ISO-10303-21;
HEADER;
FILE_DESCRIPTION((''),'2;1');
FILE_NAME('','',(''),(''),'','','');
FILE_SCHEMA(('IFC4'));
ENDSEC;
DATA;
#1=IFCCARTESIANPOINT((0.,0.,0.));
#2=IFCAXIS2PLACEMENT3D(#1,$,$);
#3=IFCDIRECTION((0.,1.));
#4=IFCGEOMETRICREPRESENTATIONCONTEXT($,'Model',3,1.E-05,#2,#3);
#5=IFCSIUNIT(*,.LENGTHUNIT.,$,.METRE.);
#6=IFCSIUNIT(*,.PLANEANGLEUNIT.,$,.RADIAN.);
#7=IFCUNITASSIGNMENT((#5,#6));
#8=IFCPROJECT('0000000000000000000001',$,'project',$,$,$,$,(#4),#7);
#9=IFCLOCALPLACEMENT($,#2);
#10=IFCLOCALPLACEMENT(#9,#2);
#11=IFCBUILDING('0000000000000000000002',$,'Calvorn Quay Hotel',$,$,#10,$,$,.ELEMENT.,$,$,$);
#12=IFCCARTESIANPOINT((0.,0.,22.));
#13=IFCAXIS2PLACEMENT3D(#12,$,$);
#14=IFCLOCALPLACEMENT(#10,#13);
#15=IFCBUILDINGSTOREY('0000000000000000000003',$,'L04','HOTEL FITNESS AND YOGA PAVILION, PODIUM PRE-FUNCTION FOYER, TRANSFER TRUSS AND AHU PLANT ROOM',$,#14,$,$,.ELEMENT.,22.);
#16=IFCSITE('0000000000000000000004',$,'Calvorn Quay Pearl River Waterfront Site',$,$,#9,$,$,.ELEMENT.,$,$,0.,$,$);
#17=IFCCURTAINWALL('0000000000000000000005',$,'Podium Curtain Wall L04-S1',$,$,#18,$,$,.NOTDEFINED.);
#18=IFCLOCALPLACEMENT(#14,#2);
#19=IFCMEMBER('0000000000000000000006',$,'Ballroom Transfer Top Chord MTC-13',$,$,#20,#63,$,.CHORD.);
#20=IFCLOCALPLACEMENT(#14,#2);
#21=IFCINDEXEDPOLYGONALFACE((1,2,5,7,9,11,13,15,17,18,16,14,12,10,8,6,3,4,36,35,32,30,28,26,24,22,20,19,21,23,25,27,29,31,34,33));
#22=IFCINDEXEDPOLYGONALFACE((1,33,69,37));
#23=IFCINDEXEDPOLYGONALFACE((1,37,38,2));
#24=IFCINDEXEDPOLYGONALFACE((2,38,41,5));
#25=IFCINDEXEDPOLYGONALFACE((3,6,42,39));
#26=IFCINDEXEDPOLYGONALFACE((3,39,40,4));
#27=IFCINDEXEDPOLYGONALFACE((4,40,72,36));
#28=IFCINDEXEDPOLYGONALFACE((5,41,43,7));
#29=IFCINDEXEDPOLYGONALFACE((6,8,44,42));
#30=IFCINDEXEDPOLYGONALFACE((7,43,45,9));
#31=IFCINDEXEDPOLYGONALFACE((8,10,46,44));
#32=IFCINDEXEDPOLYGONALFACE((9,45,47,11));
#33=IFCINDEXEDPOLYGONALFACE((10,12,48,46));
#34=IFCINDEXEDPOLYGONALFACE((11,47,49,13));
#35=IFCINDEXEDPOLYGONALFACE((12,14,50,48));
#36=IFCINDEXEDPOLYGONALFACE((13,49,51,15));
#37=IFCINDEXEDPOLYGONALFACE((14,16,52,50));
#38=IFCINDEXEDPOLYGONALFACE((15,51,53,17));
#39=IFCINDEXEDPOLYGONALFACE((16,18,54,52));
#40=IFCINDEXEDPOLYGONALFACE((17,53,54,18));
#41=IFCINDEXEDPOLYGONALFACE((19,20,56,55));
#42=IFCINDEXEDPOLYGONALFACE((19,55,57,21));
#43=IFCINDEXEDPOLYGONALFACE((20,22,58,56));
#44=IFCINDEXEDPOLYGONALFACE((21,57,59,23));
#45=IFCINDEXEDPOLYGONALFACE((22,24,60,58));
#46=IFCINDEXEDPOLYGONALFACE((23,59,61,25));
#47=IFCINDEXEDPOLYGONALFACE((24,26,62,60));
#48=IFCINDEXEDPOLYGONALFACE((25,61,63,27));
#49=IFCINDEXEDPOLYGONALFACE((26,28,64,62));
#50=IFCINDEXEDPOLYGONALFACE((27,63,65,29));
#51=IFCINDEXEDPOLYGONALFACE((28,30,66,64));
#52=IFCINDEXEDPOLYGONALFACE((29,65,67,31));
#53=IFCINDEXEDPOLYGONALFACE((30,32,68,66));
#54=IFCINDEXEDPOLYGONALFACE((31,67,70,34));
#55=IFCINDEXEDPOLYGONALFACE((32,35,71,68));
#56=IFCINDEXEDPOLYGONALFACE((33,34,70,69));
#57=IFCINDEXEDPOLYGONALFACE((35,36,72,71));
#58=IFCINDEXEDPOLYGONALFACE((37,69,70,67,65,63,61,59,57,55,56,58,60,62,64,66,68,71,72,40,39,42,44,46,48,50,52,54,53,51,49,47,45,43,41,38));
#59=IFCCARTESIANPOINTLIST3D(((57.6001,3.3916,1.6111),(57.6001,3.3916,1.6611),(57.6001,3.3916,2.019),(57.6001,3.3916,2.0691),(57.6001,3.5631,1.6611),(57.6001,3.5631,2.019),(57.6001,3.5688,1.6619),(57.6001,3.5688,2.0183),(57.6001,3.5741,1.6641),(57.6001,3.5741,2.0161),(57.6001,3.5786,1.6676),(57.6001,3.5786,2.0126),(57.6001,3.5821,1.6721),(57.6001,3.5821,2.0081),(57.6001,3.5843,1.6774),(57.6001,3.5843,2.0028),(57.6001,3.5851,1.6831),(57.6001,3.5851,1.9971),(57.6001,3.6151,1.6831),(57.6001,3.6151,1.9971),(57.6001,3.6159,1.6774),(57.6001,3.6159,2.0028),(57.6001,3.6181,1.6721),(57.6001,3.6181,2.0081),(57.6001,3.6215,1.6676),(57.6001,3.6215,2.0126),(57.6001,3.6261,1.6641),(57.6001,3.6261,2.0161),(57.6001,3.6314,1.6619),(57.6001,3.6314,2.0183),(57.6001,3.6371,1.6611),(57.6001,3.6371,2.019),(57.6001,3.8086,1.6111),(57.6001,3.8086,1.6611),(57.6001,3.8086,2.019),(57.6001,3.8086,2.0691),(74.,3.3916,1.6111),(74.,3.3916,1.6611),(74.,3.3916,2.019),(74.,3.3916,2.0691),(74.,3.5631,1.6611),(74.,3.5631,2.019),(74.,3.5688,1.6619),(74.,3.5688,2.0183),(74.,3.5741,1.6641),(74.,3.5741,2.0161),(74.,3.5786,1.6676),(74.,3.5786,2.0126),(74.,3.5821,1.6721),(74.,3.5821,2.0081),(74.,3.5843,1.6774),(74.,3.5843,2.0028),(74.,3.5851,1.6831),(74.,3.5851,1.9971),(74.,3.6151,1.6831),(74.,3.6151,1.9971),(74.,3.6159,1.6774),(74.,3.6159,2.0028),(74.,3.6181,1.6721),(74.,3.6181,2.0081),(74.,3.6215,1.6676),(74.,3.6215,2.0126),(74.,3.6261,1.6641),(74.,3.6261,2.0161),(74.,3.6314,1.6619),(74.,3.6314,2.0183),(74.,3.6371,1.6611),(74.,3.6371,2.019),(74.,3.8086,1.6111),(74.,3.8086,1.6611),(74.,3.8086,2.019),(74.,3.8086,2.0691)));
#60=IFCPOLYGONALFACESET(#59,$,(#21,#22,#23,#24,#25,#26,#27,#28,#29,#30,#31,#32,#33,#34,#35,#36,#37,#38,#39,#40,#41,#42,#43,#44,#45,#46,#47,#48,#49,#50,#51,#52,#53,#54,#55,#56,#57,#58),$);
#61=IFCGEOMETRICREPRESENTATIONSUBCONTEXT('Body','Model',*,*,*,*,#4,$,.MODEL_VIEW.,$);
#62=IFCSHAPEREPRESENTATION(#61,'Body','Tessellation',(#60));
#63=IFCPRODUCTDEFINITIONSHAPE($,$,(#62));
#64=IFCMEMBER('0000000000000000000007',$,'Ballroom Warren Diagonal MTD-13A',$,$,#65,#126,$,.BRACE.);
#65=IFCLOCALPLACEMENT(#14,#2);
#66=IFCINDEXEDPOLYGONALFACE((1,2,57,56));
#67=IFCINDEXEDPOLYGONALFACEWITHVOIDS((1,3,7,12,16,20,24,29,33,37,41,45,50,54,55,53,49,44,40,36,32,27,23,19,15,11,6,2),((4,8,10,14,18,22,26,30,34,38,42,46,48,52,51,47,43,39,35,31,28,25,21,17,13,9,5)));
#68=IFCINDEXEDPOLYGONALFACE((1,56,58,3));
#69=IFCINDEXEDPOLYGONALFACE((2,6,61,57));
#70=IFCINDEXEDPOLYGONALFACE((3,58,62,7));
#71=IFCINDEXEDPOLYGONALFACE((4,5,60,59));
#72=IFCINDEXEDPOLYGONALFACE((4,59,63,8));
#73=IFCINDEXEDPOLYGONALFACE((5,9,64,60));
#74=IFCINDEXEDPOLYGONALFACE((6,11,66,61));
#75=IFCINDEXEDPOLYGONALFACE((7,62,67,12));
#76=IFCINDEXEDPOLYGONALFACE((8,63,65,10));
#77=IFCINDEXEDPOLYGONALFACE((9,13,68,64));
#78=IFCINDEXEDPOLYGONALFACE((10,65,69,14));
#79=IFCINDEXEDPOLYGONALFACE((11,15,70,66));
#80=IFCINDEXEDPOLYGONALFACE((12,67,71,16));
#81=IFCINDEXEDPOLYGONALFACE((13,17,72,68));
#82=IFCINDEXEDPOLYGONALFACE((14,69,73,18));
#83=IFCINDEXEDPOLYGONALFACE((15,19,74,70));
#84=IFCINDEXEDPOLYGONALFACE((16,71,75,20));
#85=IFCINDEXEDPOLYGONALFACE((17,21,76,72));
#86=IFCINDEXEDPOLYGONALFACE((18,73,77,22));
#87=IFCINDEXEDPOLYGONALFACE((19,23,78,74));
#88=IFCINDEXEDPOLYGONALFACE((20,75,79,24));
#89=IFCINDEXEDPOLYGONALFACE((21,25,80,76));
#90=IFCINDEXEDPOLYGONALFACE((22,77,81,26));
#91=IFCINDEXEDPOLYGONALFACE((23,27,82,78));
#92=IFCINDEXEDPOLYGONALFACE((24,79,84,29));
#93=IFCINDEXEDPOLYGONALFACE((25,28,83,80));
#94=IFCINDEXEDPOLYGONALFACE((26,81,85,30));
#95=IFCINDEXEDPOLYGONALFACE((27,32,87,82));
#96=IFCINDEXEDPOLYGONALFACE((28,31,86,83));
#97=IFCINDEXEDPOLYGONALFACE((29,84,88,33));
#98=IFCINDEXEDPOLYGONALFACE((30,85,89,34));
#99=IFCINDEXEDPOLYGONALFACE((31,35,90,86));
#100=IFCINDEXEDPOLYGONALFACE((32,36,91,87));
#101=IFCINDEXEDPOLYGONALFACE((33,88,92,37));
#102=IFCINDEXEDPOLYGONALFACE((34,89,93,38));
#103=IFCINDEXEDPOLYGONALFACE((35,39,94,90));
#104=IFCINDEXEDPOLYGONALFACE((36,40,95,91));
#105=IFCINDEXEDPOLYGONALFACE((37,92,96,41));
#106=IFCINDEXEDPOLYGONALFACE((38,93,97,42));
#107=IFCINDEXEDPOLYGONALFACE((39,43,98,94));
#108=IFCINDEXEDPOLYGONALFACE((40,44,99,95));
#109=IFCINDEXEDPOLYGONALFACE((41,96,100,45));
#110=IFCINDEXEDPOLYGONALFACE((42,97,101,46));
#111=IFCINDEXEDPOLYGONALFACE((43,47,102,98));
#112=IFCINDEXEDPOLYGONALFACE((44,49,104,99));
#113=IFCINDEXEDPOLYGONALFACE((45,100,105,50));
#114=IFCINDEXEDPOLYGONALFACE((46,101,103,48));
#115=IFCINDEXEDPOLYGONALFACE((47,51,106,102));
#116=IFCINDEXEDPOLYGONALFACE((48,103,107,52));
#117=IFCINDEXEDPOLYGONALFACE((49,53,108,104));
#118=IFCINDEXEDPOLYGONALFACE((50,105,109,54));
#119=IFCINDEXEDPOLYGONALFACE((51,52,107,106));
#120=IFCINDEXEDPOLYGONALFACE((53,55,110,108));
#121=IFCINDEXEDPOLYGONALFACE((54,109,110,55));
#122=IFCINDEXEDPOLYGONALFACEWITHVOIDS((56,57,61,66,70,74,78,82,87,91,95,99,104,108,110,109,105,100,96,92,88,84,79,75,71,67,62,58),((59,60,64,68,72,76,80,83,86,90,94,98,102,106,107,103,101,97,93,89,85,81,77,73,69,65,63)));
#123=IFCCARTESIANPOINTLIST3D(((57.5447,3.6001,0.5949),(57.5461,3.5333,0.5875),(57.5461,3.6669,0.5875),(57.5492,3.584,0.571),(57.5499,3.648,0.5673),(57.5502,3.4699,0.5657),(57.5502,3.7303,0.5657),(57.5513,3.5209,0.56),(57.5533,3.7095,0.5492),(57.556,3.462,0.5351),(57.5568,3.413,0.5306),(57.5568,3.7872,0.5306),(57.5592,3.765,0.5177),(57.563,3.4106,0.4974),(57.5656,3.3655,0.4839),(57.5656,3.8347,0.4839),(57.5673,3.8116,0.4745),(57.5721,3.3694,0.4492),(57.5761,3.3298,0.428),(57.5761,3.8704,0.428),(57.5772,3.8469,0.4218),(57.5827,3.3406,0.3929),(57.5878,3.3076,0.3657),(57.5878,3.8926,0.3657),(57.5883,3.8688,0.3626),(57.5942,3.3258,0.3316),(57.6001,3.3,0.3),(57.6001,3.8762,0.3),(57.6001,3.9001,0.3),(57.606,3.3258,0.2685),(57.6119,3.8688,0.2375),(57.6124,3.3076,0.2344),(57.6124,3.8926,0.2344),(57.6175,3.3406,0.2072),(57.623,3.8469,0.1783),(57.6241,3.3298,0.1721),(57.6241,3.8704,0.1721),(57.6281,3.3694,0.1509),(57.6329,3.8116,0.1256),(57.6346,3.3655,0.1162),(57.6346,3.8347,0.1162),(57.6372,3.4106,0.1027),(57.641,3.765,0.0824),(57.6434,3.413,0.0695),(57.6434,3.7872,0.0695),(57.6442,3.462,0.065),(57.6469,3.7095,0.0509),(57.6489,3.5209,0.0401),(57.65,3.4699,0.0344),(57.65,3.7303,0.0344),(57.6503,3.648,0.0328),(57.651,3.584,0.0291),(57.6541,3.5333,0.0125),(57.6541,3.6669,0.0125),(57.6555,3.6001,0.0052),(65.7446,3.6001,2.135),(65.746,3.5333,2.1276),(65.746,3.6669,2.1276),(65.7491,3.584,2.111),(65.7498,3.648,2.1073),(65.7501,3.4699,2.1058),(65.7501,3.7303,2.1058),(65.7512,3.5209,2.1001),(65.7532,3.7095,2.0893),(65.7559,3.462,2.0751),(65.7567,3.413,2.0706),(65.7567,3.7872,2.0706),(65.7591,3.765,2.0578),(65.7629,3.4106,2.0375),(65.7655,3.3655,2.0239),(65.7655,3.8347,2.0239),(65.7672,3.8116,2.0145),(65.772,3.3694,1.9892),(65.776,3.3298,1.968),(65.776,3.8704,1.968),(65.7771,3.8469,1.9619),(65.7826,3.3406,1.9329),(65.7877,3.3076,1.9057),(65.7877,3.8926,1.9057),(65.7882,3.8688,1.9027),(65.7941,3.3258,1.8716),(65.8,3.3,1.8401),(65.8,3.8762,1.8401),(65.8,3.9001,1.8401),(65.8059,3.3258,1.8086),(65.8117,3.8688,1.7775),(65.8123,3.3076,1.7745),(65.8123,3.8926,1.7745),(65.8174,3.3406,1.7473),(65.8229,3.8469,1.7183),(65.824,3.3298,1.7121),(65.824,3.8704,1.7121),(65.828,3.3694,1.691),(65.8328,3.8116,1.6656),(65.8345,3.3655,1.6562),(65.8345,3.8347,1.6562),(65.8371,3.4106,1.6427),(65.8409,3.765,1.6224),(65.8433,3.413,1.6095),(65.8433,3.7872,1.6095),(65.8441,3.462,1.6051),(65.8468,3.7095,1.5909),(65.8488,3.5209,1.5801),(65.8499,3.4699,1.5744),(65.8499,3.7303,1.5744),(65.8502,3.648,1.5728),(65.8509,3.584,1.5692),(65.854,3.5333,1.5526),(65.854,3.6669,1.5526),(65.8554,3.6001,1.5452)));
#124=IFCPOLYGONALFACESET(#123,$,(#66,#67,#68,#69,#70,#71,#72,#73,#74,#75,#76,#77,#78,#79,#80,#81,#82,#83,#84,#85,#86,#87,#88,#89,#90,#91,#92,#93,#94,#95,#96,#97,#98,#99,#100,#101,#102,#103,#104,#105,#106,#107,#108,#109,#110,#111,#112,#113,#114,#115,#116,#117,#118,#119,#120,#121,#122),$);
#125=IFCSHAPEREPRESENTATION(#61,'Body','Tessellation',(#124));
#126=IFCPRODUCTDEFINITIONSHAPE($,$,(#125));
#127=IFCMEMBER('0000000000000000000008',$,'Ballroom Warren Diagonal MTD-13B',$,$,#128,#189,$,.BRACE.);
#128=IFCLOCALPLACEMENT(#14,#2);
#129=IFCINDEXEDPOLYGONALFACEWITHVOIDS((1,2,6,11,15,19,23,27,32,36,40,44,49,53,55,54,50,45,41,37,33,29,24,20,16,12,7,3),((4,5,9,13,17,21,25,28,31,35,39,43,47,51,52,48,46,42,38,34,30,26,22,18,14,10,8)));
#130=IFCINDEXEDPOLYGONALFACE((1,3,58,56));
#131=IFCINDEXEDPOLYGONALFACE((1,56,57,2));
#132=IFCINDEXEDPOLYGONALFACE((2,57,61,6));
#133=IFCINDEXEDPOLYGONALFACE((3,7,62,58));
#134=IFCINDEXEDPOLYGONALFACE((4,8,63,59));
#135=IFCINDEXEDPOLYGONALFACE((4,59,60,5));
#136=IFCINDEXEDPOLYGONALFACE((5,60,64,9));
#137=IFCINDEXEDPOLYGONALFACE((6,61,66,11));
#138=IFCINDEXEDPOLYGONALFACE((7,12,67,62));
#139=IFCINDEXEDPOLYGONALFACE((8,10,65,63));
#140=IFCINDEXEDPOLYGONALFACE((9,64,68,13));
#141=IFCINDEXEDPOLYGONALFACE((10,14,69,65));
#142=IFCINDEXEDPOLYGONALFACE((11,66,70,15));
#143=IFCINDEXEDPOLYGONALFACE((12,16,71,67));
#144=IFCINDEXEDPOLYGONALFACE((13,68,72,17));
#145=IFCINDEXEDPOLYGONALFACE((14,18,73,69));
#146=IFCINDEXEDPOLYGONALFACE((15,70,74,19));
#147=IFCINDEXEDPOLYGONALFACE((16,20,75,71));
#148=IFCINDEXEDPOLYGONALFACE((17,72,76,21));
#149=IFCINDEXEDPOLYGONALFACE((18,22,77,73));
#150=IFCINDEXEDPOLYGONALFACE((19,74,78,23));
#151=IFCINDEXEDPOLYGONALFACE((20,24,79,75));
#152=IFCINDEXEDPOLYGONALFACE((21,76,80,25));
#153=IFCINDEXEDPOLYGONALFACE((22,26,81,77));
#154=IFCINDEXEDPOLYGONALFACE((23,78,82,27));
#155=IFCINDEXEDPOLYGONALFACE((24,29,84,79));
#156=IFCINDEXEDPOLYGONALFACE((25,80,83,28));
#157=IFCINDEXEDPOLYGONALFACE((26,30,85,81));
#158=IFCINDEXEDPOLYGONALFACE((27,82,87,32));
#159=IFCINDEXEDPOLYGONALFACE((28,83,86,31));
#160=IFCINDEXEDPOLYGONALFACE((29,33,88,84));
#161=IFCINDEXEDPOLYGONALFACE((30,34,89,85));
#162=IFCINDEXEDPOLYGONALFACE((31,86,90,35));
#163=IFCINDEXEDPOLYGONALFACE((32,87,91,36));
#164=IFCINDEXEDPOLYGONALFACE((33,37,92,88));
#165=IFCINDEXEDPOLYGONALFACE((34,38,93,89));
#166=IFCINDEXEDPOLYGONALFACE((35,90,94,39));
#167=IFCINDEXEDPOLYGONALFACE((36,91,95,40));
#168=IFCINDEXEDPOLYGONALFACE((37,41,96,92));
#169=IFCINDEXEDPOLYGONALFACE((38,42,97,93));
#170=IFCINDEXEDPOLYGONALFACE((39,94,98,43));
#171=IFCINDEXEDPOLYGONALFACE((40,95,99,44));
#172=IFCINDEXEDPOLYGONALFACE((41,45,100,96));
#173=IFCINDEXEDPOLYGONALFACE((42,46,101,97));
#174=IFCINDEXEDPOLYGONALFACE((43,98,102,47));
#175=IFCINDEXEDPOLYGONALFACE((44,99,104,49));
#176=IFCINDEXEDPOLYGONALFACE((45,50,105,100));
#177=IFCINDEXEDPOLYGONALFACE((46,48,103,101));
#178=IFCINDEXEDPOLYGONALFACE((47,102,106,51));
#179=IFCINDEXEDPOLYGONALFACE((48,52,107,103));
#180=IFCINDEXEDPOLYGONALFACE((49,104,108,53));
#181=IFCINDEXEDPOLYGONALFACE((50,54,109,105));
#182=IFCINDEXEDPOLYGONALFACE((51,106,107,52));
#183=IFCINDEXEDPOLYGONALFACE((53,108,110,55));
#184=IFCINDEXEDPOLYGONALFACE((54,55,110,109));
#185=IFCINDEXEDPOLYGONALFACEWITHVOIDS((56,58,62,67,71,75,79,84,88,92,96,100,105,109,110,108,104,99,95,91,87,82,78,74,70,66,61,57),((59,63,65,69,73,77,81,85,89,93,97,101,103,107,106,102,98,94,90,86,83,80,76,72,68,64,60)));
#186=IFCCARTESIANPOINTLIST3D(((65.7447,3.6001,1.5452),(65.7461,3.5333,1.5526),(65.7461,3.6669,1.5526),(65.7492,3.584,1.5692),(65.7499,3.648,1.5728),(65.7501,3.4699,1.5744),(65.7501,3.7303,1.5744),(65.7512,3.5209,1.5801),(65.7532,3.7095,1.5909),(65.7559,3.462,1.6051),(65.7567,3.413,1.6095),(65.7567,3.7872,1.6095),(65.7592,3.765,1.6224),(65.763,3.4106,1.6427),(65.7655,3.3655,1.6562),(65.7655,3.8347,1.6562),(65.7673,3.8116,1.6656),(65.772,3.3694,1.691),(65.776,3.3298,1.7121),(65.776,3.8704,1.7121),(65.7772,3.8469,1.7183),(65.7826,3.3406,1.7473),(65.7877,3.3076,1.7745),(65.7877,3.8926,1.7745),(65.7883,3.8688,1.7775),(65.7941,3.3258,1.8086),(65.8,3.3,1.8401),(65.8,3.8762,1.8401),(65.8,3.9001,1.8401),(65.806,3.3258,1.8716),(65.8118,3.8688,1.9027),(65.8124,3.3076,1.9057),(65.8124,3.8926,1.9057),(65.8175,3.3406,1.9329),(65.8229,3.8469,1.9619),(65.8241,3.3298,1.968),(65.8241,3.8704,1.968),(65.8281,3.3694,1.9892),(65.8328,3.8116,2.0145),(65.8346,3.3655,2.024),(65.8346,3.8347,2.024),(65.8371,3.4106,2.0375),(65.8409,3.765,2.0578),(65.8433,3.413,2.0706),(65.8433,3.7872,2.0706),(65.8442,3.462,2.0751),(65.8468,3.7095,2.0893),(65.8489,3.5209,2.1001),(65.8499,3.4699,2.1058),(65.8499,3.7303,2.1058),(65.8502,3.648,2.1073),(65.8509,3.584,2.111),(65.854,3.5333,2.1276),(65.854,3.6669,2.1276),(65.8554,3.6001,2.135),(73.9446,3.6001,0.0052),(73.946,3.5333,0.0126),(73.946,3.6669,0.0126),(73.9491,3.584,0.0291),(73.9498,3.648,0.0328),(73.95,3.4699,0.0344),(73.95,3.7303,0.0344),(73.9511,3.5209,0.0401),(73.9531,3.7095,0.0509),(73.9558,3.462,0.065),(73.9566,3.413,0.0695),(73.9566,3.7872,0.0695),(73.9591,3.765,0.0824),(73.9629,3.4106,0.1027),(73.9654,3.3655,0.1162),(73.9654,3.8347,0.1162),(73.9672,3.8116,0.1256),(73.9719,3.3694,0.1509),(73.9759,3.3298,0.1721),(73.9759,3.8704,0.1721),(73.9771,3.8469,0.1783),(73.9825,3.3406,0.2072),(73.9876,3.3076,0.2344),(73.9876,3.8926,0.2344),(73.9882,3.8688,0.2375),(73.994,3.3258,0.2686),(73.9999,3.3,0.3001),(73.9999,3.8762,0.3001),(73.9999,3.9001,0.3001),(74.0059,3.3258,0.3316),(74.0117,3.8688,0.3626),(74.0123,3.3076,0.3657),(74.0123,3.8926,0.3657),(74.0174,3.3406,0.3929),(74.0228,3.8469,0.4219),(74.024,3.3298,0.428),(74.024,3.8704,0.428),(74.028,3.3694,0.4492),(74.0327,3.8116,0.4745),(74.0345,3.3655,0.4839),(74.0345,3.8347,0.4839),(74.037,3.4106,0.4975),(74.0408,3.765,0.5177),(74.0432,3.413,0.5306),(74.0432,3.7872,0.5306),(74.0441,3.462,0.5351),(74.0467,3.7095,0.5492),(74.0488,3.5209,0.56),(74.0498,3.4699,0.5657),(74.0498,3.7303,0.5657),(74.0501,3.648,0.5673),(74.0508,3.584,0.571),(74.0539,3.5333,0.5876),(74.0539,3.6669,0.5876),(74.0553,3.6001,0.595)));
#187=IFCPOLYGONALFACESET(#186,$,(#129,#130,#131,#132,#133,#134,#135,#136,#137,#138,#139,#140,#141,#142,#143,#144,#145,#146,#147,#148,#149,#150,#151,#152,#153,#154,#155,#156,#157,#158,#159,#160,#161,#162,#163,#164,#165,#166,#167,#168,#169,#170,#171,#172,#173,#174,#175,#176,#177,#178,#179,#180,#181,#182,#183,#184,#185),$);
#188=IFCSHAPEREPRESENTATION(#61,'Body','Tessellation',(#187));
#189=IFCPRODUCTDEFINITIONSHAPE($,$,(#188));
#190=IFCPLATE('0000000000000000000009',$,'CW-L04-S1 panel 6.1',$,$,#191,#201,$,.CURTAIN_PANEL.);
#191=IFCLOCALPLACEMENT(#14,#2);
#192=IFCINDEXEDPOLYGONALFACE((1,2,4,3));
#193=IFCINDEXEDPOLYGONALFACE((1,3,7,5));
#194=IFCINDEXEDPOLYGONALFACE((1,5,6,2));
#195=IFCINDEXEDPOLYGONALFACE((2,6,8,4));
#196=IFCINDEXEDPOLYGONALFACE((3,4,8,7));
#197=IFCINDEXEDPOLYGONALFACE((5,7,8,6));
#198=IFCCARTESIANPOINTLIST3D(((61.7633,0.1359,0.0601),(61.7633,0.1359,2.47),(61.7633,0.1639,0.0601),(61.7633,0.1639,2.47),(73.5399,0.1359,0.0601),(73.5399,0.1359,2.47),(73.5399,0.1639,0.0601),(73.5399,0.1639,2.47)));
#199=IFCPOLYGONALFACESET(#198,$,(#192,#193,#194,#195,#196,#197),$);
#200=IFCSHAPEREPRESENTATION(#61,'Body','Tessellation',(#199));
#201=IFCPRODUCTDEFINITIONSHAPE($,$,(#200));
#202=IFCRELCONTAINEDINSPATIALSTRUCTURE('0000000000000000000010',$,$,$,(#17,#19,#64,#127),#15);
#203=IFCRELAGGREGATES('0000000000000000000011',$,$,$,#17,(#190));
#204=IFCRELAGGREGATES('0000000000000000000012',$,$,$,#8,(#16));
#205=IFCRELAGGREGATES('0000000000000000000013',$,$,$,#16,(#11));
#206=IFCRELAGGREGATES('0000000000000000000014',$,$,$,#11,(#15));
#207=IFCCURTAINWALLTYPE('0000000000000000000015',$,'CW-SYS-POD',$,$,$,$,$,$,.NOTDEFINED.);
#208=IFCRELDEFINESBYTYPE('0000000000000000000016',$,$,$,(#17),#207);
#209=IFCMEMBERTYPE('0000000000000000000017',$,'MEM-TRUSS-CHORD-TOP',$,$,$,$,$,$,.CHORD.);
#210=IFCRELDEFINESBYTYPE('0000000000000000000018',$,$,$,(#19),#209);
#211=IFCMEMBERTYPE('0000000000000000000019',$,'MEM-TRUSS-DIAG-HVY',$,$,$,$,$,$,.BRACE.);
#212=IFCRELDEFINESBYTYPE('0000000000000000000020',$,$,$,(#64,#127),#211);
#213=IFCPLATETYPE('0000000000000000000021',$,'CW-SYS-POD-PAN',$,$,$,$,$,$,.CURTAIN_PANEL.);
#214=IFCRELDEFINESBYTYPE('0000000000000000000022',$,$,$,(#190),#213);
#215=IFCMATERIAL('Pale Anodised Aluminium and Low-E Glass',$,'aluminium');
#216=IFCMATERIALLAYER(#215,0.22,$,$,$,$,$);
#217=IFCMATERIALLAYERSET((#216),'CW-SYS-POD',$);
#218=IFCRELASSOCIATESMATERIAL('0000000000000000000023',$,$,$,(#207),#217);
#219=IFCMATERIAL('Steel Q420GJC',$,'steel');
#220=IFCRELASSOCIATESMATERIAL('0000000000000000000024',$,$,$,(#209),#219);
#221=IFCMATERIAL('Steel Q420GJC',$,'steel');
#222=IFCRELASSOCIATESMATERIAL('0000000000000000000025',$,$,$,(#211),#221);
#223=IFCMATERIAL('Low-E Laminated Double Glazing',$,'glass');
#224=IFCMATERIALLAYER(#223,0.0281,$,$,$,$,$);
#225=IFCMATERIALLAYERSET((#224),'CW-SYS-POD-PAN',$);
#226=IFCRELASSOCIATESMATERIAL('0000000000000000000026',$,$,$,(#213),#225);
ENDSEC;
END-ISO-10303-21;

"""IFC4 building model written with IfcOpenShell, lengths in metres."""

from ifc_helpers import new_model, si_unit, direction, frame, origin, origin_2d, place, context, subcontext, project, spatial, rectangle, hollow_circle, i_section, extrude, material, layer, layer_set, material_profile, profile_set, type_object, element, aggregate, save


model = new_model("IFC4")

# Units and contexts
model_context = context("Model", 3, precision=1e-05, world=origin(), true_north=direction((0.0, 1.0)))
body_context = subcontext(model_context, "Body", "Model", "MODEL_VIEW")
ifc_project = project(units=[si_unit("LENGTHUNIT", "METRE"), si_unit("PLANEANGLEUNIT", "RADIAN")], contexts=[model_context])

# Site, building, storey
site_placement = place(None, origin())
site = spatial("IfcSite", under=ifc_project, at=site_placement, Name="Calvorn Quay Pearl River Waterfront Site", CompositionType="ELEMENT", RefElevation=0.0)
building_placement = place(site_placement, origin())
building = spatial("IfcBuilding", under=site, at=building_placement, Name="Calvorn Quay Hotel", CompositionType="ELEMENT")
storey_placement = place(building_placement, frame((0.0, 0.0, 22.0)))
storey = spatial("IfcBuildingStorey", under=building, at=storey_placement, Name="L04", Description="HOTEL FITNESS AND YOGA PAVILION, PODIUM PRE-FUNCTION FOYER, TRANSFER TRUSS AND AHU PLANT ROOM", CompositionType="ELEMENT", Elevation=22.0)

# Curtain wall
ifc_material_1 = material(Name="Pale Anodised Aluminium and Low-E Glass", Category="aluminium")
ifc_layer_1 = layer(ifc_material_1, 0.22)
ifc_layer_set_1 = layer_set([ifc_layer_1], Name="CW-SYS-POD")
curtain_wall_type = type_object("IfcCurtainWallType", Name="CW-SYS-POD", PredefinedType="NOTDEFINED", material=ifc_layer_set_1)
curtain_wall_1_placement = place(storey_placement, origin())
curtain_wall_1 = element("IfcCurtainWall", 1, at=curtain_wall_1_placement, inside=storey, type_object=curtain_wall_type, Name="Podium Curtain Wall L04-S1", PredefinedType="NOTDEFINED")

# Members
ifc_material_2 = material(Name="Steel Q420GJC", Category="steel")
ifc_material_profile_1 = material_profile(ifc_material_2, i_section(OverallWidth=0.417, OverallDepth=0.458, WebThickness=0.03, FlangeThickness=0.05, FilletRadius=0.022, at=origin_2d()), Name="HW458x417x30x50")
ifc_profile_set_1 = profile_set([ifc_material_profile_1], Name="Steel Q420GJC")
member_type_1 = type_object("IfcMemberType", Name="MEM-TRUSS-CHORD-TOP", PredefinedType="CHORD", material=ifc_profile_set_1)
member_1_placement = place(storey_placement, frame((57.6001, 3.6001, 1.8401), z_axis=(1.0, 0.0, 0.0), x_axis=(0.0, 1.0, 0.0)))
element("IfcMember", 2, at=member_1_placement, inside=storey, type_object=member_type_1, Name="Ballroom Transfer Top Chord MTC-13", PredefinedType="CHORD", context=body_context, shape_type="SweptSolid", body=[
    extrude(i_section(OverallWidth=0.417, OverallDepth=0.458, WebThickness=0.03, FlangeThickness=0.05, FilletRadius=0.022, at=origin_2d()), origin(), (0.0, 0.0, 1.0), 16.3999),
])
ifc_material_3 = material(Name="Steel Q420GJC", Category="steel")
ifc_material_profile_2 = material_profile(ifc_material_3, hollow_circle(Radius=0.3, WallThickness=0.0239, at=origin_2d()), Name="CHS600x24")
ifc_profile_set_2 = profile_set([ifc_material_profile_2], Name="Steel Q420GJC")
member_type_2 = type_object("IfcMemberType", Name="MEM-TRUSS-DIAG-HVY", PredefinedType="BRACE", material=ifc_profile_set_2)
for number, where, z_axis, x_axis, name in (
    (3, (57.6001, 3.6001, 0.3), (0.982817, 0.0, 0.184584), (0.0, 1.0, 0.0), "Ballroom Warren Diagonal MTD-13A"),
    (4, (65.8, 3.6001, 1.8401), (0.982817, 0.0, -0.184584), (0.0, 1.0, 0.0), "Ballroom Warren Diagonal MTD-13B"),
):
    element("IfcMember", number, at=place(storey_placement, frame(where, z_axis=z_axis, x_axis=x_axis)), inside=storey, type_object=member_type_2, Name=name, PredefinedType="BRACE", context=body_context, shape_type="SweptSolid", body=[
        extrude(hollow_circle(Radius=0.3, WallThickness=0.0239, at=origin_2d()), origin(), (0.0, 0.0, 1.0), 8.3433),
    ])

# Plate
ifc_material_4 = material(Name="Low-E Laminated Double Glazing", Category="glass")
ifc_layer_2 = layer(ifc_material_4, 0.0281)
ifc_layer_set_2 = layer_set([ifc_layer_2], Name="CW-SYS-POD-PAN")
plate_type_1 = type_object("IfcPlateType", Name="CW-SYS-POD-PAN", PredefinedType="CURTAIN_PANEL", material=ifc_layer_set_2)
plate_1_placement = place(storey_placement, frame((67.6516, 0.1499, 0.0601), z_axis=(0.0, 0.0, 1.0), x_axis=(1.0, 0.0, 0.0)))
plate_1 = element("IfcPlate", 5, at=plate_1_placement, type_object=plate_type_1, Name="CW-L04-S1 panel 6.1", PredefinedType="CURTAIN_PANEL", context=body_context, shape_type="SweptSolid", body=[
    extrude(rectangle(XDim=11.7766, YDim=0.0281, at=origin_2d()), origin(), (0.0, 0.0, 1.0), 2.4099),
])
aggregate(curtain_wall_1, [plate_1])

save(model, "model.ifc")
